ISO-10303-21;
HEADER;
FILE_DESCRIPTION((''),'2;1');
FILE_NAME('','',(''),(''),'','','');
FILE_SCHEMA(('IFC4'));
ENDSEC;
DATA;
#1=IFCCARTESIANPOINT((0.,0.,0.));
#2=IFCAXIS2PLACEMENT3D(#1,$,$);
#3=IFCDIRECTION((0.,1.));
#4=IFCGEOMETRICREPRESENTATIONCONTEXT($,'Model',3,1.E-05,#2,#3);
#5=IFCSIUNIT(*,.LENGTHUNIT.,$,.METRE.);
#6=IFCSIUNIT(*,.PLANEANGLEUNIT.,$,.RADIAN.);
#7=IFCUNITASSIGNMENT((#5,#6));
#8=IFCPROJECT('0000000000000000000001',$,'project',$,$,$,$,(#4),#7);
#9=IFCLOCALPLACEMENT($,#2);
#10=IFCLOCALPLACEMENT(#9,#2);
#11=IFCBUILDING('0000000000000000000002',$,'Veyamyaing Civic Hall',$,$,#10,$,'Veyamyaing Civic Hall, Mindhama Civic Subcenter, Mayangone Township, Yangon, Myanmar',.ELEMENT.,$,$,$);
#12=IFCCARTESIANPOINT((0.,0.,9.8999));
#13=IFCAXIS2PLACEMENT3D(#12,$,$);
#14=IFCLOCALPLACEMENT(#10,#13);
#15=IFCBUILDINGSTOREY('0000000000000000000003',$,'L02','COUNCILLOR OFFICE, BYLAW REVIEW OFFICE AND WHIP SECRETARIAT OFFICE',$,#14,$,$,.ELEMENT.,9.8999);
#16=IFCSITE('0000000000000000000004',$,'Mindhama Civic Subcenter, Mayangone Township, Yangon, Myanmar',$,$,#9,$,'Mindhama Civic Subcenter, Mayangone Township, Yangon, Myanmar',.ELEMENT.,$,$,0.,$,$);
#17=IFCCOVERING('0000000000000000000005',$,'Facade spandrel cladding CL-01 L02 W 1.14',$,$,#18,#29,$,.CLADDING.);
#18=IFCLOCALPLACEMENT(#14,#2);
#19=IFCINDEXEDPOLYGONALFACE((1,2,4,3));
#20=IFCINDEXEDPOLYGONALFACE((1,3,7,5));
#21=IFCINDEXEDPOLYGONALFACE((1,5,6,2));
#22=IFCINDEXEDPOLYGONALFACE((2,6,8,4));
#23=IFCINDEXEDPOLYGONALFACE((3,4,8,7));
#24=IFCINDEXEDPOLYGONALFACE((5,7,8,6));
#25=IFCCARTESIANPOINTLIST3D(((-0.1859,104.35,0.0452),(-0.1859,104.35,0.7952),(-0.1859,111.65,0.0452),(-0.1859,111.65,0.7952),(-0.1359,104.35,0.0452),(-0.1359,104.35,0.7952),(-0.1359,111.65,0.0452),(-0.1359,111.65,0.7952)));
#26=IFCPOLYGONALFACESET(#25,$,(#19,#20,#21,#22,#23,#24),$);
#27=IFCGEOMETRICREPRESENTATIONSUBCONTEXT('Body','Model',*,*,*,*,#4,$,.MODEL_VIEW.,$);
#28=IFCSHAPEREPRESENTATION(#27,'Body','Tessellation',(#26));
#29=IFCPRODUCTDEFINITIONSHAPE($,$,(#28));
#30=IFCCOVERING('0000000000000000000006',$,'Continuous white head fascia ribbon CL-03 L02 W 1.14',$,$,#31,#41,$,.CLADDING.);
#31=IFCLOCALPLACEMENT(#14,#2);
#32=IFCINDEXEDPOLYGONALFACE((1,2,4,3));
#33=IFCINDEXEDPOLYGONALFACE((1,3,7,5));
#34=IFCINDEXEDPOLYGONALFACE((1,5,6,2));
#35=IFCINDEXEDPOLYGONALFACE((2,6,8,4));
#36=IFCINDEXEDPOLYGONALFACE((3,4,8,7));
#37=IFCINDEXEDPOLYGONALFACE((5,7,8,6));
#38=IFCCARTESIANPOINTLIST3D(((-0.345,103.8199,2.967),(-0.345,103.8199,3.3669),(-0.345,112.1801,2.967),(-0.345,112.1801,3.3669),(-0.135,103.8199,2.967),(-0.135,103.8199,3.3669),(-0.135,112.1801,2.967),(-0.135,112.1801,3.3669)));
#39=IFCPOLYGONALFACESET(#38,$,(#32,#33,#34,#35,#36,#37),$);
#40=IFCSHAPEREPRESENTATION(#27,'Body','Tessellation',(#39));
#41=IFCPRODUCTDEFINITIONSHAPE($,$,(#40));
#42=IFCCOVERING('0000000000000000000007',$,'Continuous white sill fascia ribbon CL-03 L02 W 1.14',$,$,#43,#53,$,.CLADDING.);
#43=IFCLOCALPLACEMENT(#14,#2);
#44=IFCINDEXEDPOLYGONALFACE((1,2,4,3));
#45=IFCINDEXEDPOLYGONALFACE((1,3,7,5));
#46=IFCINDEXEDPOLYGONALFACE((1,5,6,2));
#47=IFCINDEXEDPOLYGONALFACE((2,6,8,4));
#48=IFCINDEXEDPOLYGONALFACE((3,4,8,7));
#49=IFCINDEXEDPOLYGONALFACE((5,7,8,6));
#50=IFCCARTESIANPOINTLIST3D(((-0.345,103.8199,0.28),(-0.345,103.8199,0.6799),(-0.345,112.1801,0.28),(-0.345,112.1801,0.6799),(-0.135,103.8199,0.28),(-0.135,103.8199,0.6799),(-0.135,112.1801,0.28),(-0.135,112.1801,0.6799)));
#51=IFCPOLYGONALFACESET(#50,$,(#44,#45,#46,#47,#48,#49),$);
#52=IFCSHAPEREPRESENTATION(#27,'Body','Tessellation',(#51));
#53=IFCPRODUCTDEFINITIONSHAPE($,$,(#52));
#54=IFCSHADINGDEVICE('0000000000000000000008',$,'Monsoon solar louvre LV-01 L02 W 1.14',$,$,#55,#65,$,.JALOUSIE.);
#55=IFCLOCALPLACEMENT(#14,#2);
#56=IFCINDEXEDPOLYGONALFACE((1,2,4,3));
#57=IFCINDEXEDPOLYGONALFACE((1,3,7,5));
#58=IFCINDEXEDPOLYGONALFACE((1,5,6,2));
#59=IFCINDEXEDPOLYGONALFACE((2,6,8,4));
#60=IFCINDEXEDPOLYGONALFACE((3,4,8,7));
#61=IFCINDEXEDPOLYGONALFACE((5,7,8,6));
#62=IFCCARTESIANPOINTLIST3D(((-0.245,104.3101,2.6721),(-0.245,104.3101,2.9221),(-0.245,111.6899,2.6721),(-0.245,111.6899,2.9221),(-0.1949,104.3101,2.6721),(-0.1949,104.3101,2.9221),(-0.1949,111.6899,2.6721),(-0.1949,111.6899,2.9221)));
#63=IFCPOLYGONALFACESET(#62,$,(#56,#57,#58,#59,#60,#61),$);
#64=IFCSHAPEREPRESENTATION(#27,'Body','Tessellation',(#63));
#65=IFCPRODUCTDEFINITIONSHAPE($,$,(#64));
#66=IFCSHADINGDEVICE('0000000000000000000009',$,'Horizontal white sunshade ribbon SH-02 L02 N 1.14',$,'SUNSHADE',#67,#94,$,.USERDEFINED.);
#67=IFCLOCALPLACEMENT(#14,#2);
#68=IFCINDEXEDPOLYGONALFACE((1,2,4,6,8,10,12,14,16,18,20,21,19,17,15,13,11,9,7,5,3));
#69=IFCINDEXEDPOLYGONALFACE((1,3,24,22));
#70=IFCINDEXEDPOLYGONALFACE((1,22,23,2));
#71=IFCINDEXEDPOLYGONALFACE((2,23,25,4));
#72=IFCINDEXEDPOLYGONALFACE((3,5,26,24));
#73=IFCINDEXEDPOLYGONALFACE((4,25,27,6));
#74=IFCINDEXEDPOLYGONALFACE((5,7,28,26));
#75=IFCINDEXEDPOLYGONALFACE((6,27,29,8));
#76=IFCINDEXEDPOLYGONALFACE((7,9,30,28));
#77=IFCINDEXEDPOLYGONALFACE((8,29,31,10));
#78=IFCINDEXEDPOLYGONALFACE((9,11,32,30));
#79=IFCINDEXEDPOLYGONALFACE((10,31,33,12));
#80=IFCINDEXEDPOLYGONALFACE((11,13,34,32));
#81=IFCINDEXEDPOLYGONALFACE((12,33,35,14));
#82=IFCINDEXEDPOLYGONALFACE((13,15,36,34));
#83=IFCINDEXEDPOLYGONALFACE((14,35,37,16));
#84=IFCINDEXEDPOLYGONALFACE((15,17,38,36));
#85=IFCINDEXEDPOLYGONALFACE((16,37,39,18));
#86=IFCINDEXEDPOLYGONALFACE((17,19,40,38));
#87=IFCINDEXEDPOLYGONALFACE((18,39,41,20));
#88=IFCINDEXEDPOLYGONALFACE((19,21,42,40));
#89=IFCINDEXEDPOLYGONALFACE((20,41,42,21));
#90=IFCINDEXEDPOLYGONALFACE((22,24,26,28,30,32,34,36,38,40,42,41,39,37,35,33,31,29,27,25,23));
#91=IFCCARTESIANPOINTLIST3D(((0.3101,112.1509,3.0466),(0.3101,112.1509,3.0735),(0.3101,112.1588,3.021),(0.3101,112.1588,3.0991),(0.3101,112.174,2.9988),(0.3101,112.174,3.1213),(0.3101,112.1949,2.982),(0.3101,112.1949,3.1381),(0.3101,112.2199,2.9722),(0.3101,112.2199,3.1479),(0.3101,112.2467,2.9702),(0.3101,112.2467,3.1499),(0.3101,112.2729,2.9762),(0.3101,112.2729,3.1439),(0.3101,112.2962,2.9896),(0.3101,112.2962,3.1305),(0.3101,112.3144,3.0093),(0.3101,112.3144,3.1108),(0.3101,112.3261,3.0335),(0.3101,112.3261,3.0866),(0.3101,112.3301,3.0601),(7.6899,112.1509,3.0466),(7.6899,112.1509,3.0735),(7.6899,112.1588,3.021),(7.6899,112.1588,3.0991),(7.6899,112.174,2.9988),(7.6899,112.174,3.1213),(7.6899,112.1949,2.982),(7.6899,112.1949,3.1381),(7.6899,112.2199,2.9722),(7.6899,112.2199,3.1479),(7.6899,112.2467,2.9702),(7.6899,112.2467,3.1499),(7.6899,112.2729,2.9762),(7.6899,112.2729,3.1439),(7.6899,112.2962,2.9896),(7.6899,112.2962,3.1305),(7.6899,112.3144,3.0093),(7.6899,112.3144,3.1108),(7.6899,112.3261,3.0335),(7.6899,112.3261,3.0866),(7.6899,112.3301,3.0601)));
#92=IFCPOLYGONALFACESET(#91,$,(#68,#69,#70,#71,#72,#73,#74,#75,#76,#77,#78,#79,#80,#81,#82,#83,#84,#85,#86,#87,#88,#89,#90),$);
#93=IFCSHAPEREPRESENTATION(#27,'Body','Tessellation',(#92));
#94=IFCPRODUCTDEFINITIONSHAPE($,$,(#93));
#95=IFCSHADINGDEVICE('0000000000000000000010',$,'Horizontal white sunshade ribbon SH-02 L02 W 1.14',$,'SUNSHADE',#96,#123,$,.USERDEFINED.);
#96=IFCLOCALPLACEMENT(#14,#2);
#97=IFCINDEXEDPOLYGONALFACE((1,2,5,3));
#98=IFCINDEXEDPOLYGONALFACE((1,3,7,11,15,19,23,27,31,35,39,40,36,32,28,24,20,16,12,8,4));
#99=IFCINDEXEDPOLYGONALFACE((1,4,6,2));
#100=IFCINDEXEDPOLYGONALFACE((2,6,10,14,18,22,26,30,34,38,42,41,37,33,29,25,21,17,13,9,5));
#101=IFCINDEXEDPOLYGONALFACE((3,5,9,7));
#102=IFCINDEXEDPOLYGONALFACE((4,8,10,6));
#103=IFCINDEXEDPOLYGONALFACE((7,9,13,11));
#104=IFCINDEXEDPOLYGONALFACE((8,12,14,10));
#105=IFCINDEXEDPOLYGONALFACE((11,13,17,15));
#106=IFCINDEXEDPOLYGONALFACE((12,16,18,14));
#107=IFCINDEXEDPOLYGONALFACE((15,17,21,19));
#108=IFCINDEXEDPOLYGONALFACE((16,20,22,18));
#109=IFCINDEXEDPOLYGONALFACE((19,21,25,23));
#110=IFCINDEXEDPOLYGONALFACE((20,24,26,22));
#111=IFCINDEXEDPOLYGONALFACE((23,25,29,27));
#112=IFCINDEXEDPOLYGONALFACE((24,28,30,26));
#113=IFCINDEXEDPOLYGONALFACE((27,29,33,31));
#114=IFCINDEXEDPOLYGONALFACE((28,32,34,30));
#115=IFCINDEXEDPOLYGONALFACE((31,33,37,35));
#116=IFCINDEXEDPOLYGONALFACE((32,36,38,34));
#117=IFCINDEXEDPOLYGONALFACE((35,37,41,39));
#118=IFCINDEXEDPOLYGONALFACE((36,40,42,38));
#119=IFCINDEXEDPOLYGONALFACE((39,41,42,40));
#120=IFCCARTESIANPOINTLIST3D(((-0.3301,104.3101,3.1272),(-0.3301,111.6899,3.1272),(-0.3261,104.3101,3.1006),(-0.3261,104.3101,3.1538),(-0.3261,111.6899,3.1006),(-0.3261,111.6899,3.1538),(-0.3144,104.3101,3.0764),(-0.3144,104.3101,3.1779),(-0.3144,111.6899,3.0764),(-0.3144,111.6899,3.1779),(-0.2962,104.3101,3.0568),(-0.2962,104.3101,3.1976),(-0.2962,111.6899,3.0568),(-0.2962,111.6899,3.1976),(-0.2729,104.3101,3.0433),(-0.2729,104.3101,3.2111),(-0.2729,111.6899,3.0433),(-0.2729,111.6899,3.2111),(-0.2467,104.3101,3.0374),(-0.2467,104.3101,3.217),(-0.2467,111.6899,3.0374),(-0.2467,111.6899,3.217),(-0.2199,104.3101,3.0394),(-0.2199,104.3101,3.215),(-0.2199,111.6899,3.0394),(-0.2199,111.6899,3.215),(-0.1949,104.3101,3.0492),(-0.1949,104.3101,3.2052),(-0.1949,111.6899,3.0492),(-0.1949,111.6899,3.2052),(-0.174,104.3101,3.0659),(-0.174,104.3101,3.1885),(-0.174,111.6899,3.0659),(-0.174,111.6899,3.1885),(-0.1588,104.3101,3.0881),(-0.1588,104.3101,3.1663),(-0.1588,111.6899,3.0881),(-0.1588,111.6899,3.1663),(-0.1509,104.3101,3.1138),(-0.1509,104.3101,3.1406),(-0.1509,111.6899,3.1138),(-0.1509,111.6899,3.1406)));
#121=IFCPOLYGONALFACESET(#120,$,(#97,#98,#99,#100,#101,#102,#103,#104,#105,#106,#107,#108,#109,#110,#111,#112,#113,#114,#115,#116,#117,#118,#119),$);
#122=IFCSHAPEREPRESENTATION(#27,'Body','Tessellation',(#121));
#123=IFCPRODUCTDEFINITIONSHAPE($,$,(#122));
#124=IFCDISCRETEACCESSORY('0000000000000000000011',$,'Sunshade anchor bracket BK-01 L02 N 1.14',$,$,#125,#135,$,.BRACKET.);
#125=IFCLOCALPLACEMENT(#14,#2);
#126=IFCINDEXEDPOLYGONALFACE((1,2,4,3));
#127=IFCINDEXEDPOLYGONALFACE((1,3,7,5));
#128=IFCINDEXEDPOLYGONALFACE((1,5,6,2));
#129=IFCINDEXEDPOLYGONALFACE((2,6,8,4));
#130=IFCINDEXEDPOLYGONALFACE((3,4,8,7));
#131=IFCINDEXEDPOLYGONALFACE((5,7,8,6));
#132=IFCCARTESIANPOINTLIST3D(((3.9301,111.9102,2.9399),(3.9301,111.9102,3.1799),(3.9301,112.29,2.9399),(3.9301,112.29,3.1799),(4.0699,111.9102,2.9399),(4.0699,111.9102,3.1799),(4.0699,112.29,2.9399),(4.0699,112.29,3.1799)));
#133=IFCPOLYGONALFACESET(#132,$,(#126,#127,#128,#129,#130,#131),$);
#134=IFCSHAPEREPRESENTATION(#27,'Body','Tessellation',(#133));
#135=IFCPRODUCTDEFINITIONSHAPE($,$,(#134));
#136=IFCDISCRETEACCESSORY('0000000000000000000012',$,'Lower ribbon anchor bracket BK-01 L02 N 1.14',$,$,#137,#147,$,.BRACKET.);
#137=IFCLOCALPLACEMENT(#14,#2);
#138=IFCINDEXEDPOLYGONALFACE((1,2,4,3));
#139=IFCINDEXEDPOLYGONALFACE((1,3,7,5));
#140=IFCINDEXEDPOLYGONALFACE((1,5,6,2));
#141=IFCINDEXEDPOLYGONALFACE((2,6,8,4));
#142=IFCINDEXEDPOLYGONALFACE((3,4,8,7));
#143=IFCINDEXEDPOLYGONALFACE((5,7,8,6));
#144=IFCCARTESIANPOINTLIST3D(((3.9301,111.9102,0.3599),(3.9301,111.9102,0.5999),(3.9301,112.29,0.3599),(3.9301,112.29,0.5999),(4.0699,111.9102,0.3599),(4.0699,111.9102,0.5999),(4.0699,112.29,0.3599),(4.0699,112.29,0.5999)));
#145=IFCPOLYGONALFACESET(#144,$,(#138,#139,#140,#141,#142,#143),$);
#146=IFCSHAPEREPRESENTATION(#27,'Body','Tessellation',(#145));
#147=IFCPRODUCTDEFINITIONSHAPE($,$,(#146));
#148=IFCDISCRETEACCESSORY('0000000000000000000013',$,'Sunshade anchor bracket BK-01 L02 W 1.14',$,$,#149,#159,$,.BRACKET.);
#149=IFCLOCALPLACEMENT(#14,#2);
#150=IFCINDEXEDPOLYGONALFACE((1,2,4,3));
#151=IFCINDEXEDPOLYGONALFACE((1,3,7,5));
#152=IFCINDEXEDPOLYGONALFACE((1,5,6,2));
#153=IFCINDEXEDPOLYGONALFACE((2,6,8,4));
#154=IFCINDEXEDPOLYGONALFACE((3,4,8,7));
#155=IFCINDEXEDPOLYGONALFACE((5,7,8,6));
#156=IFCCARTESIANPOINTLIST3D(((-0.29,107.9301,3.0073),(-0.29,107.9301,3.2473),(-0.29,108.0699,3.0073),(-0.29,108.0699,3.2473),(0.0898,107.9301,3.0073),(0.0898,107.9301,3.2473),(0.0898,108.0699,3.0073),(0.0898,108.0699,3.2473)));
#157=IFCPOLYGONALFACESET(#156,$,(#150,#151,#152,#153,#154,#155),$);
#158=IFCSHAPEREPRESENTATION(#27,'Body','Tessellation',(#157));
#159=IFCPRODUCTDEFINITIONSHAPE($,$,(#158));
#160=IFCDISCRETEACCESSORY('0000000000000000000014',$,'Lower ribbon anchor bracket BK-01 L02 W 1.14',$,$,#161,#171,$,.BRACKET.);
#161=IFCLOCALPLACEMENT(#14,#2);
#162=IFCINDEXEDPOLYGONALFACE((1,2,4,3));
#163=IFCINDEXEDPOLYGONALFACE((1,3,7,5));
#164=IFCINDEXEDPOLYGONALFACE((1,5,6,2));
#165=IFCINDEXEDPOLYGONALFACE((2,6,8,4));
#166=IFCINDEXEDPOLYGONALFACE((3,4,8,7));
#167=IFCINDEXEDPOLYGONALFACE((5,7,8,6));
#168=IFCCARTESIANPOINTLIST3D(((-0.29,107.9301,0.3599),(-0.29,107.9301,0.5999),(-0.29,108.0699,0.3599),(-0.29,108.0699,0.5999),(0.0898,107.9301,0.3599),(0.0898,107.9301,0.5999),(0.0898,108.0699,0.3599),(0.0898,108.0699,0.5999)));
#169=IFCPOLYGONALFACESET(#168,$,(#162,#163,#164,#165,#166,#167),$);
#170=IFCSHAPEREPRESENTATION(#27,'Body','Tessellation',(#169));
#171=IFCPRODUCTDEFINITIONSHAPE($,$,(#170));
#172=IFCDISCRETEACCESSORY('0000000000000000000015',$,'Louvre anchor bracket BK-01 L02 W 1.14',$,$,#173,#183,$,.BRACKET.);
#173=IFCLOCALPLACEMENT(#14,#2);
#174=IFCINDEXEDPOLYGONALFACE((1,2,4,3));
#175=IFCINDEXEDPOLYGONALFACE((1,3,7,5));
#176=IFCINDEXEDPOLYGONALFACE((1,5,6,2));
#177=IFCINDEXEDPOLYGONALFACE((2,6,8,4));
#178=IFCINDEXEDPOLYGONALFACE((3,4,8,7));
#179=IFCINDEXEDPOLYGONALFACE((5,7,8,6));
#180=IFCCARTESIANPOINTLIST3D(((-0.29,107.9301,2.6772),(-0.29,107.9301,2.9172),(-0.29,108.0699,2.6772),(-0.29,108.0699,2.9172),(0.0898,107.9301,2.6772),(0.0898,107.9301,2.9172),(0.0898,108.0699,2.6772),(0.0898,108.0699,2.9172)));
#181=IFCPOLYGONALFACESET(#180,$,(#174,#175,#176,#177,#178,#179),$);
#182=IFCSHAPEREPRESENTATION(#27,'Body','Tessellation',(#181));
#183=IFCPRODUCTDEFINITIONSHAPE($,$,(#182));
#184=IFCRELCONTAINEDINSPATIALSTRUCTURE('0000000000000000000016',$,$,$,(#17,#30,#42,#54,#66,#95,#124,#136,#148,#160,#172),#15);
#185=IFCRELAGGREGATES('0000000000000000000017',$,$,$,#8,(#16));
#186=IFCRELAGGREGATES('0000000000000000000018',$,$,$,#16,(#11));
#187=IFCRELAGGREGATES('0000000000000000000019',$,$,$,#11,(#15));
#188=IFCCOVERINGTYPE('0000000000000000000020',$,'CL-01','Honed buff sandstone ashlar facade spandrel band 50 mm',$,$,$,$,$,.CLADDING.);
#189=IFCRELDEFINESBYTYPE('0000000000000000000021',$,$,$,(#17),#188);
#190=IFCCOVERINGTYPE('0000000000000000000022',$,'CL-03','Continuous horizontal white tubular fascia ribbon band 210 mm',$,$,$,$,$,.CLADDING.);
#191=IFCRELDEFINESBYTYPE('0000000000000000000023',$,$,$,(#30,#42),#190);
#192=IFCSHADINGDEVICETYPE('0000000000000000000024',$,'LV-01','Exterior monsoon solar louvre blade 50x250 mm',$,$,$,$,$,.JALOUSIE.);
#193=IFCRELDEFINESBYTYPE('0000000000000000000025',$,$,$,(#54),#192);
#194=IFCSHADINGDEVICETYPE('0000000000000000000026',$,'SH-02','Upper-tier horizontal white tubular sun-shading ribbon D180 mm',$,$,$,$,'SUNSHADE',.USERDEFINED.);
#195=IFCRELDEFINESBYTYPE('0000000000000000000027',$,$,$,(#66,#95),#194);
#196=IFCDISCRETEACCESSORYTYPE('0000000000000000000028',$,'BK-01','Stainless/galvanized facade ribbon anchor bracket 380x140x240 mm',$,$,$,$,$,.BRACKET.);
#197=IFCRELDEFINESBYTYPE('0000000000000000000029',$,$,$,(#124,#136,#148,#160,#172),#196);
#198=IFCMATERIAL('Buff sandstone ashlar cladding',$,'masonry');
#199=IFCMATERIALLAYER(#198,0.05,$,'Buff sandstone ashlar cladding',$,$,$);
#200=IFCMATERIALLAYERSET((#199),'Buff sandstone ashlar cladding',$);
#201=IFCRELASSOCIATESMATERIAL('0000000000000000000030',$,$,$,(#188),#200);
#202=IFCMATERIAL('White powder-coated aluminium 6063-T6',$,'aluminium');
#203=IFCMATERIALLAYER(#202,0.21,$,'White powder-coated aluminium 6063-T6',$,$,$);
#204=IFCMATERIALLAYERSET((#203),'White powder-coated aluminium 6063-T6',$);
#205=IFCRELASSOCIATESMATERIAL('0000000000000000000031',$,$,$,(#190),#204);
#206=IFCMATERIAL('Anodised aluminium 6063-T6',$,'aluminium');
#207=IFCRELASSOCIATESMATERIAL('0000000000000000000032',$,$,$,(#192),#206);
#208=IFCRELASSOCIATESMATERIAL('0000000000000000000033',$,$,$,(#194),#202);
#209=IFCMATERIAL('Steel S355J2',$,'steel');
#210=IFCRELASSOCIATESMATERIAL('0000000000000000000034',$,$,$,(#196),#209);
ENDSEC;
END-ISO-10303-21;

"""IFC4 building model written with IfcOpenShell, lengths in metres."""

from ifc_helpers import new_model, si_unit, direction, frame, origin, origin_2d, place, context, subcontext, project, spatial, rectangle, circle, extrude, material, layer, layer_set, material_profile, profile_set, type_object, element, save


model = new_model("IFC4")

# Units and contexts
model_context = context("Model", 3, precision=1e-05, world=origin(), true_north=direction((0.0, 1.0)))
body_context = subcontext(model_context, "Body", "Model", "MODEL_VIEW")
ifc_project = project(units=[si_unit("LENGTHUNIT", "METRE"), si_unit("PLANEANGLEUNIT", "RADIAN")], contexts=[model_context])

# Site, building, storey
site_placement = place(None, origin())
site = spatial("IfcSite", under=ifc_project, at=site_placement, Name="Mindhama Civic Subcenter, Mayangone Township, Yangon, Myanmar", LongName="Mindhama Civic Subcenter, Mayangone Township, Yangon, Myanmar", CompositionType="ELEMENT", RefElevation=0.0)
building_placement = place(site_placement, origin())
building = spatial("IfcBuilding", under=site, at=building_placement, Name="Veyamyaing Civic Hall", LongName="Veyamyaing Civic Hall, Mindhama Civic Subcenter, Mayangone Township, Yangon, Myanmar", CompositionType="ELEMENT")
storey_placement = place(building_placement, frame((0.0, 0.0, 9.8999)))
storey = spatial("IfcBuildingStorey", under=building, at=storey_placement, Name="L02", Description="COUNCILLOR OFFICE, BYLAW REVIEW OFFICE AND WHIP SECRETARIAT OFFICE", CompositionType="ELEMENT", Elevation=9.8999)

# Coverings
ifc_material_1 = material(Name="Buff sandstone ashlar cladding", Category="masonry")
ifc_layer_1 = layer(ifc_material_1, 0.05, Name="Buff sandstone ashlar cladding")
ifc_layer_set_1 = layer_set([ifc_layer_1], Name="Buff sandstone ashlar cladding")
covering_type_1 = type_object("IfcCoveringType", Name="CL-01", Description="Honed buff sandstone ashlar facade spandrel band 50 mm", PredefinedType="CLADDING", material=ifc_layer_set_1)
covering_placement = place(storey_placement, frame((-0.1609, 108.0, 0.0452), z_axis=(0.0, 0.0, 1.0), x_axis=(0.0, 1.0, 0.0)))
element("IfcCovering", 1, at=covering_placement, inside=storey, type_object=covering_type_1, Name="Facade spandrel cladding CL-01 L02 W 1.14", PredefinedType="CLADDING", context=body_context, shape_type="SweptSolid", body=[
    extrude(rectangle(XDim=7.3, YDim=0.05, at=origin_2d()), origin(), (0.0, 0.0, 1.0), 0.75),
])
ifc_material_2 = material(Name="White powder-coated aluminium 6063-T6", Category="aluminium")
ifc_layer_2 = layer(ifc_material_2, 0.21, Name="White powder-coated aluminium 6063-T6")
ifc_layer_set_2 = layer_set([ifc_layer_2], Name="White powder-coated aluminium 6063-T6")
covering_type_2 = type_object("IfcCoveringType", Name="CL-03", Description="Continuous horizontal white tubular fascia ribbon band 210 mm", PredefinedType="CLADDING", material=ifc_layer_set_2)
for number, where, z_axis, x_axis, name in (
    (2, (-0.24, 108.0, 2.967), (0.0, 0.0, 1.0), (0.0, 1.0, 0.0), "Continuous white head fascia ribbon CL-03 L02 W 1.14"),
    (3, (-0.24, 108.0, 0.28), (0.0, 0.0, 1.0), (0.0, 1.0, 0.0), "Continuous white sill fascia ribbon CL-03 L02 W 1.14"),
):
    element("IfcCovering", number, at=place(storey_placement, frame(where, z_axis=z_axis, x_axis=x_axis)), inside=storey, type_object=covering_type_2, Name=name, PredefinedType="CLADDING", context=body_context, shape_type="SweptSolid", body=[
        extrude(rectangle(XDim=8.3601, YDim=0.21, at=origin_2d()), origin(), (0.0, 0.0, 1.0), 0.3999),
    ])

# Shading devices
ifc_material_3 = material(Name="Anodised aluminium 6063-T6", Category="aluminium")
ifc_material_profile_1 = material_profile(ifc_material_3, rectangle(XDim=0.05, YDim=0.25, at=origin_2d()), Name="LOUVRE-BLADE-50X250")
ifc_profile_set_1 = profile_set([ifc_material_profile_1], Name="Anodised aluminium 6063-T6")
shading_device_type_1 = type_object("IfcShadingDeviceType", Name="LV-01", Description="Exterior monsoon solar louvre blade 50x250 mm", PredefinedType="JALOUSIE", material=ifc_profile_set_1)
shading_device_placement = place(storey_placement, frame((-0.22, 104.3101, 2.7971), z_axis=(0.0, 1.0, 0.0), x_axis=(-1.0, 0.0, 0.0)))
element("IfcShadingDevice", 4, at=shading_device_placement, inside=storey, type_object=shading_device_type_1, Name="Monsoon solar louvre LV-01 L02 W 1.14", PredefinedType="JALOUSIE", context=body_context, shape_type="SweptSolid", body=[
    extrude(rectangle(XDim=0.05, YDim=0.25, at=origin_2d()), origin(), (0.0, 0.0, 1.0), 7.3799),
])
ifc_material_profile_2 = material_profile(ifc_material_2, circle(Radius=0.0901, at=origin_2d()), Name="SHADE-TUBE-180")
ifc_profile_set_2 = profile_set([ifc_material_profile_2], Name="White powder-coated aluminium 6063-T6")
shading_device_type_2 = type_object("IfcShadingDeviceType", Name="SH-02", Description="Upper-tier horizontal white tubular sun-shading ribbon D180 mm", ElementType="SUNSHADE", PredefinedType="USERDEFINED", material=ifc_profile_set_2)
for number, where, z_axis, x_axis, name in (
    (5, (0.3101, 112.24, 3.0601), (1.0, 0.0, 0.0), (0.0, 1.0, 0.0), "Horizontal white sunshade ribbon SH-02 L02 N 1.14"),
    (6, (-0.24, 104.3101, 3.1272), (0.0, 1.0, 0.0), (-1.0, 0.0, 0.0), "Horizontal white sunshade ribbon SH-02 L02 W 1.14"),
):
    element("IfcShadingDevice", number, at=place(storey_placement, frame(where, z_axis=z_axis, x_axis=x_axis)), inside=storey, type_object=shading_device_type_2, Name=name, ObjectType="SUNSHADE", PredefinedType="USERDEFINED", context=body_context, shape_type="SweptSolid", body=[
        extrude(circle(Radius=0.0901, at=origin_2d()), origin(), (0.0, 0.0, 1.0), 7.3799),
    ])

# Discrete accessories
ifc_material_4 = material(Name="Steel S355J2", Category="steel")
discrete_accessory_type = type_object("IfcDiscreteAccessoryType", Name="BK-01", Description="Stainless/galvanized facade ribbon anchor bracket 380x140x240 mm", PredefinedType="BRACKET", material=ifc_material_4)
for number, where, z_axis, x_axis, name in (
    (7, (4.0, 112.1001, 2.9399), (0.0, 0.0, 1.0), (0.0, 1.0, 0.0), "Sunshade anchor bracket BK-01 L02 N 1.14"),
    (8, (4.0, 112.1001, 0.3599), (0.0, 0.0, 1.0), (0.0, 1.0, 0.0), "Lower ribbon anchor bracket BK-01 L02 N 1.14"),
    (9, (-0.1001, 108.0, 3.0073), (0.0, 0.0, 1.0), (-1.0, 0.0, 0.0), "Sunshade anchor bracket BK-01 L02 W 1.14"),
    (10, (-0.1001, 108.0, 0.3599), (0.0, 0.0, 1.0), (-1.0, 0.0, 0.0), "Lower ribbon anchor bracket BK-01 L02 W 1.14"),
    (11, (-0.1001, 108.0, 2.6772), (0.0, 0.0, 1.0), (-1.0, 0.0, 0.0), "Louvre anchor bracket BK-01 L02 W 1.14"),
):
    element("IfcDiscreteAccessory", number, at=place(storey_placement, frame(where, z_axis=z_axis, x_axis=x_axis)), inside=storey, type_object=discrete_accessory_type, Name=name, PredefinedType="BRACKET", context=body_context, shape_type="SweptSolid", body=[
        extrude(rectangle(XDim=0.3799, YDim=0.1399, at=origin_2d()), origin(), (0.0, 0.0, 1.0), 0.24),
    ])

save(model, "model.ifc")
